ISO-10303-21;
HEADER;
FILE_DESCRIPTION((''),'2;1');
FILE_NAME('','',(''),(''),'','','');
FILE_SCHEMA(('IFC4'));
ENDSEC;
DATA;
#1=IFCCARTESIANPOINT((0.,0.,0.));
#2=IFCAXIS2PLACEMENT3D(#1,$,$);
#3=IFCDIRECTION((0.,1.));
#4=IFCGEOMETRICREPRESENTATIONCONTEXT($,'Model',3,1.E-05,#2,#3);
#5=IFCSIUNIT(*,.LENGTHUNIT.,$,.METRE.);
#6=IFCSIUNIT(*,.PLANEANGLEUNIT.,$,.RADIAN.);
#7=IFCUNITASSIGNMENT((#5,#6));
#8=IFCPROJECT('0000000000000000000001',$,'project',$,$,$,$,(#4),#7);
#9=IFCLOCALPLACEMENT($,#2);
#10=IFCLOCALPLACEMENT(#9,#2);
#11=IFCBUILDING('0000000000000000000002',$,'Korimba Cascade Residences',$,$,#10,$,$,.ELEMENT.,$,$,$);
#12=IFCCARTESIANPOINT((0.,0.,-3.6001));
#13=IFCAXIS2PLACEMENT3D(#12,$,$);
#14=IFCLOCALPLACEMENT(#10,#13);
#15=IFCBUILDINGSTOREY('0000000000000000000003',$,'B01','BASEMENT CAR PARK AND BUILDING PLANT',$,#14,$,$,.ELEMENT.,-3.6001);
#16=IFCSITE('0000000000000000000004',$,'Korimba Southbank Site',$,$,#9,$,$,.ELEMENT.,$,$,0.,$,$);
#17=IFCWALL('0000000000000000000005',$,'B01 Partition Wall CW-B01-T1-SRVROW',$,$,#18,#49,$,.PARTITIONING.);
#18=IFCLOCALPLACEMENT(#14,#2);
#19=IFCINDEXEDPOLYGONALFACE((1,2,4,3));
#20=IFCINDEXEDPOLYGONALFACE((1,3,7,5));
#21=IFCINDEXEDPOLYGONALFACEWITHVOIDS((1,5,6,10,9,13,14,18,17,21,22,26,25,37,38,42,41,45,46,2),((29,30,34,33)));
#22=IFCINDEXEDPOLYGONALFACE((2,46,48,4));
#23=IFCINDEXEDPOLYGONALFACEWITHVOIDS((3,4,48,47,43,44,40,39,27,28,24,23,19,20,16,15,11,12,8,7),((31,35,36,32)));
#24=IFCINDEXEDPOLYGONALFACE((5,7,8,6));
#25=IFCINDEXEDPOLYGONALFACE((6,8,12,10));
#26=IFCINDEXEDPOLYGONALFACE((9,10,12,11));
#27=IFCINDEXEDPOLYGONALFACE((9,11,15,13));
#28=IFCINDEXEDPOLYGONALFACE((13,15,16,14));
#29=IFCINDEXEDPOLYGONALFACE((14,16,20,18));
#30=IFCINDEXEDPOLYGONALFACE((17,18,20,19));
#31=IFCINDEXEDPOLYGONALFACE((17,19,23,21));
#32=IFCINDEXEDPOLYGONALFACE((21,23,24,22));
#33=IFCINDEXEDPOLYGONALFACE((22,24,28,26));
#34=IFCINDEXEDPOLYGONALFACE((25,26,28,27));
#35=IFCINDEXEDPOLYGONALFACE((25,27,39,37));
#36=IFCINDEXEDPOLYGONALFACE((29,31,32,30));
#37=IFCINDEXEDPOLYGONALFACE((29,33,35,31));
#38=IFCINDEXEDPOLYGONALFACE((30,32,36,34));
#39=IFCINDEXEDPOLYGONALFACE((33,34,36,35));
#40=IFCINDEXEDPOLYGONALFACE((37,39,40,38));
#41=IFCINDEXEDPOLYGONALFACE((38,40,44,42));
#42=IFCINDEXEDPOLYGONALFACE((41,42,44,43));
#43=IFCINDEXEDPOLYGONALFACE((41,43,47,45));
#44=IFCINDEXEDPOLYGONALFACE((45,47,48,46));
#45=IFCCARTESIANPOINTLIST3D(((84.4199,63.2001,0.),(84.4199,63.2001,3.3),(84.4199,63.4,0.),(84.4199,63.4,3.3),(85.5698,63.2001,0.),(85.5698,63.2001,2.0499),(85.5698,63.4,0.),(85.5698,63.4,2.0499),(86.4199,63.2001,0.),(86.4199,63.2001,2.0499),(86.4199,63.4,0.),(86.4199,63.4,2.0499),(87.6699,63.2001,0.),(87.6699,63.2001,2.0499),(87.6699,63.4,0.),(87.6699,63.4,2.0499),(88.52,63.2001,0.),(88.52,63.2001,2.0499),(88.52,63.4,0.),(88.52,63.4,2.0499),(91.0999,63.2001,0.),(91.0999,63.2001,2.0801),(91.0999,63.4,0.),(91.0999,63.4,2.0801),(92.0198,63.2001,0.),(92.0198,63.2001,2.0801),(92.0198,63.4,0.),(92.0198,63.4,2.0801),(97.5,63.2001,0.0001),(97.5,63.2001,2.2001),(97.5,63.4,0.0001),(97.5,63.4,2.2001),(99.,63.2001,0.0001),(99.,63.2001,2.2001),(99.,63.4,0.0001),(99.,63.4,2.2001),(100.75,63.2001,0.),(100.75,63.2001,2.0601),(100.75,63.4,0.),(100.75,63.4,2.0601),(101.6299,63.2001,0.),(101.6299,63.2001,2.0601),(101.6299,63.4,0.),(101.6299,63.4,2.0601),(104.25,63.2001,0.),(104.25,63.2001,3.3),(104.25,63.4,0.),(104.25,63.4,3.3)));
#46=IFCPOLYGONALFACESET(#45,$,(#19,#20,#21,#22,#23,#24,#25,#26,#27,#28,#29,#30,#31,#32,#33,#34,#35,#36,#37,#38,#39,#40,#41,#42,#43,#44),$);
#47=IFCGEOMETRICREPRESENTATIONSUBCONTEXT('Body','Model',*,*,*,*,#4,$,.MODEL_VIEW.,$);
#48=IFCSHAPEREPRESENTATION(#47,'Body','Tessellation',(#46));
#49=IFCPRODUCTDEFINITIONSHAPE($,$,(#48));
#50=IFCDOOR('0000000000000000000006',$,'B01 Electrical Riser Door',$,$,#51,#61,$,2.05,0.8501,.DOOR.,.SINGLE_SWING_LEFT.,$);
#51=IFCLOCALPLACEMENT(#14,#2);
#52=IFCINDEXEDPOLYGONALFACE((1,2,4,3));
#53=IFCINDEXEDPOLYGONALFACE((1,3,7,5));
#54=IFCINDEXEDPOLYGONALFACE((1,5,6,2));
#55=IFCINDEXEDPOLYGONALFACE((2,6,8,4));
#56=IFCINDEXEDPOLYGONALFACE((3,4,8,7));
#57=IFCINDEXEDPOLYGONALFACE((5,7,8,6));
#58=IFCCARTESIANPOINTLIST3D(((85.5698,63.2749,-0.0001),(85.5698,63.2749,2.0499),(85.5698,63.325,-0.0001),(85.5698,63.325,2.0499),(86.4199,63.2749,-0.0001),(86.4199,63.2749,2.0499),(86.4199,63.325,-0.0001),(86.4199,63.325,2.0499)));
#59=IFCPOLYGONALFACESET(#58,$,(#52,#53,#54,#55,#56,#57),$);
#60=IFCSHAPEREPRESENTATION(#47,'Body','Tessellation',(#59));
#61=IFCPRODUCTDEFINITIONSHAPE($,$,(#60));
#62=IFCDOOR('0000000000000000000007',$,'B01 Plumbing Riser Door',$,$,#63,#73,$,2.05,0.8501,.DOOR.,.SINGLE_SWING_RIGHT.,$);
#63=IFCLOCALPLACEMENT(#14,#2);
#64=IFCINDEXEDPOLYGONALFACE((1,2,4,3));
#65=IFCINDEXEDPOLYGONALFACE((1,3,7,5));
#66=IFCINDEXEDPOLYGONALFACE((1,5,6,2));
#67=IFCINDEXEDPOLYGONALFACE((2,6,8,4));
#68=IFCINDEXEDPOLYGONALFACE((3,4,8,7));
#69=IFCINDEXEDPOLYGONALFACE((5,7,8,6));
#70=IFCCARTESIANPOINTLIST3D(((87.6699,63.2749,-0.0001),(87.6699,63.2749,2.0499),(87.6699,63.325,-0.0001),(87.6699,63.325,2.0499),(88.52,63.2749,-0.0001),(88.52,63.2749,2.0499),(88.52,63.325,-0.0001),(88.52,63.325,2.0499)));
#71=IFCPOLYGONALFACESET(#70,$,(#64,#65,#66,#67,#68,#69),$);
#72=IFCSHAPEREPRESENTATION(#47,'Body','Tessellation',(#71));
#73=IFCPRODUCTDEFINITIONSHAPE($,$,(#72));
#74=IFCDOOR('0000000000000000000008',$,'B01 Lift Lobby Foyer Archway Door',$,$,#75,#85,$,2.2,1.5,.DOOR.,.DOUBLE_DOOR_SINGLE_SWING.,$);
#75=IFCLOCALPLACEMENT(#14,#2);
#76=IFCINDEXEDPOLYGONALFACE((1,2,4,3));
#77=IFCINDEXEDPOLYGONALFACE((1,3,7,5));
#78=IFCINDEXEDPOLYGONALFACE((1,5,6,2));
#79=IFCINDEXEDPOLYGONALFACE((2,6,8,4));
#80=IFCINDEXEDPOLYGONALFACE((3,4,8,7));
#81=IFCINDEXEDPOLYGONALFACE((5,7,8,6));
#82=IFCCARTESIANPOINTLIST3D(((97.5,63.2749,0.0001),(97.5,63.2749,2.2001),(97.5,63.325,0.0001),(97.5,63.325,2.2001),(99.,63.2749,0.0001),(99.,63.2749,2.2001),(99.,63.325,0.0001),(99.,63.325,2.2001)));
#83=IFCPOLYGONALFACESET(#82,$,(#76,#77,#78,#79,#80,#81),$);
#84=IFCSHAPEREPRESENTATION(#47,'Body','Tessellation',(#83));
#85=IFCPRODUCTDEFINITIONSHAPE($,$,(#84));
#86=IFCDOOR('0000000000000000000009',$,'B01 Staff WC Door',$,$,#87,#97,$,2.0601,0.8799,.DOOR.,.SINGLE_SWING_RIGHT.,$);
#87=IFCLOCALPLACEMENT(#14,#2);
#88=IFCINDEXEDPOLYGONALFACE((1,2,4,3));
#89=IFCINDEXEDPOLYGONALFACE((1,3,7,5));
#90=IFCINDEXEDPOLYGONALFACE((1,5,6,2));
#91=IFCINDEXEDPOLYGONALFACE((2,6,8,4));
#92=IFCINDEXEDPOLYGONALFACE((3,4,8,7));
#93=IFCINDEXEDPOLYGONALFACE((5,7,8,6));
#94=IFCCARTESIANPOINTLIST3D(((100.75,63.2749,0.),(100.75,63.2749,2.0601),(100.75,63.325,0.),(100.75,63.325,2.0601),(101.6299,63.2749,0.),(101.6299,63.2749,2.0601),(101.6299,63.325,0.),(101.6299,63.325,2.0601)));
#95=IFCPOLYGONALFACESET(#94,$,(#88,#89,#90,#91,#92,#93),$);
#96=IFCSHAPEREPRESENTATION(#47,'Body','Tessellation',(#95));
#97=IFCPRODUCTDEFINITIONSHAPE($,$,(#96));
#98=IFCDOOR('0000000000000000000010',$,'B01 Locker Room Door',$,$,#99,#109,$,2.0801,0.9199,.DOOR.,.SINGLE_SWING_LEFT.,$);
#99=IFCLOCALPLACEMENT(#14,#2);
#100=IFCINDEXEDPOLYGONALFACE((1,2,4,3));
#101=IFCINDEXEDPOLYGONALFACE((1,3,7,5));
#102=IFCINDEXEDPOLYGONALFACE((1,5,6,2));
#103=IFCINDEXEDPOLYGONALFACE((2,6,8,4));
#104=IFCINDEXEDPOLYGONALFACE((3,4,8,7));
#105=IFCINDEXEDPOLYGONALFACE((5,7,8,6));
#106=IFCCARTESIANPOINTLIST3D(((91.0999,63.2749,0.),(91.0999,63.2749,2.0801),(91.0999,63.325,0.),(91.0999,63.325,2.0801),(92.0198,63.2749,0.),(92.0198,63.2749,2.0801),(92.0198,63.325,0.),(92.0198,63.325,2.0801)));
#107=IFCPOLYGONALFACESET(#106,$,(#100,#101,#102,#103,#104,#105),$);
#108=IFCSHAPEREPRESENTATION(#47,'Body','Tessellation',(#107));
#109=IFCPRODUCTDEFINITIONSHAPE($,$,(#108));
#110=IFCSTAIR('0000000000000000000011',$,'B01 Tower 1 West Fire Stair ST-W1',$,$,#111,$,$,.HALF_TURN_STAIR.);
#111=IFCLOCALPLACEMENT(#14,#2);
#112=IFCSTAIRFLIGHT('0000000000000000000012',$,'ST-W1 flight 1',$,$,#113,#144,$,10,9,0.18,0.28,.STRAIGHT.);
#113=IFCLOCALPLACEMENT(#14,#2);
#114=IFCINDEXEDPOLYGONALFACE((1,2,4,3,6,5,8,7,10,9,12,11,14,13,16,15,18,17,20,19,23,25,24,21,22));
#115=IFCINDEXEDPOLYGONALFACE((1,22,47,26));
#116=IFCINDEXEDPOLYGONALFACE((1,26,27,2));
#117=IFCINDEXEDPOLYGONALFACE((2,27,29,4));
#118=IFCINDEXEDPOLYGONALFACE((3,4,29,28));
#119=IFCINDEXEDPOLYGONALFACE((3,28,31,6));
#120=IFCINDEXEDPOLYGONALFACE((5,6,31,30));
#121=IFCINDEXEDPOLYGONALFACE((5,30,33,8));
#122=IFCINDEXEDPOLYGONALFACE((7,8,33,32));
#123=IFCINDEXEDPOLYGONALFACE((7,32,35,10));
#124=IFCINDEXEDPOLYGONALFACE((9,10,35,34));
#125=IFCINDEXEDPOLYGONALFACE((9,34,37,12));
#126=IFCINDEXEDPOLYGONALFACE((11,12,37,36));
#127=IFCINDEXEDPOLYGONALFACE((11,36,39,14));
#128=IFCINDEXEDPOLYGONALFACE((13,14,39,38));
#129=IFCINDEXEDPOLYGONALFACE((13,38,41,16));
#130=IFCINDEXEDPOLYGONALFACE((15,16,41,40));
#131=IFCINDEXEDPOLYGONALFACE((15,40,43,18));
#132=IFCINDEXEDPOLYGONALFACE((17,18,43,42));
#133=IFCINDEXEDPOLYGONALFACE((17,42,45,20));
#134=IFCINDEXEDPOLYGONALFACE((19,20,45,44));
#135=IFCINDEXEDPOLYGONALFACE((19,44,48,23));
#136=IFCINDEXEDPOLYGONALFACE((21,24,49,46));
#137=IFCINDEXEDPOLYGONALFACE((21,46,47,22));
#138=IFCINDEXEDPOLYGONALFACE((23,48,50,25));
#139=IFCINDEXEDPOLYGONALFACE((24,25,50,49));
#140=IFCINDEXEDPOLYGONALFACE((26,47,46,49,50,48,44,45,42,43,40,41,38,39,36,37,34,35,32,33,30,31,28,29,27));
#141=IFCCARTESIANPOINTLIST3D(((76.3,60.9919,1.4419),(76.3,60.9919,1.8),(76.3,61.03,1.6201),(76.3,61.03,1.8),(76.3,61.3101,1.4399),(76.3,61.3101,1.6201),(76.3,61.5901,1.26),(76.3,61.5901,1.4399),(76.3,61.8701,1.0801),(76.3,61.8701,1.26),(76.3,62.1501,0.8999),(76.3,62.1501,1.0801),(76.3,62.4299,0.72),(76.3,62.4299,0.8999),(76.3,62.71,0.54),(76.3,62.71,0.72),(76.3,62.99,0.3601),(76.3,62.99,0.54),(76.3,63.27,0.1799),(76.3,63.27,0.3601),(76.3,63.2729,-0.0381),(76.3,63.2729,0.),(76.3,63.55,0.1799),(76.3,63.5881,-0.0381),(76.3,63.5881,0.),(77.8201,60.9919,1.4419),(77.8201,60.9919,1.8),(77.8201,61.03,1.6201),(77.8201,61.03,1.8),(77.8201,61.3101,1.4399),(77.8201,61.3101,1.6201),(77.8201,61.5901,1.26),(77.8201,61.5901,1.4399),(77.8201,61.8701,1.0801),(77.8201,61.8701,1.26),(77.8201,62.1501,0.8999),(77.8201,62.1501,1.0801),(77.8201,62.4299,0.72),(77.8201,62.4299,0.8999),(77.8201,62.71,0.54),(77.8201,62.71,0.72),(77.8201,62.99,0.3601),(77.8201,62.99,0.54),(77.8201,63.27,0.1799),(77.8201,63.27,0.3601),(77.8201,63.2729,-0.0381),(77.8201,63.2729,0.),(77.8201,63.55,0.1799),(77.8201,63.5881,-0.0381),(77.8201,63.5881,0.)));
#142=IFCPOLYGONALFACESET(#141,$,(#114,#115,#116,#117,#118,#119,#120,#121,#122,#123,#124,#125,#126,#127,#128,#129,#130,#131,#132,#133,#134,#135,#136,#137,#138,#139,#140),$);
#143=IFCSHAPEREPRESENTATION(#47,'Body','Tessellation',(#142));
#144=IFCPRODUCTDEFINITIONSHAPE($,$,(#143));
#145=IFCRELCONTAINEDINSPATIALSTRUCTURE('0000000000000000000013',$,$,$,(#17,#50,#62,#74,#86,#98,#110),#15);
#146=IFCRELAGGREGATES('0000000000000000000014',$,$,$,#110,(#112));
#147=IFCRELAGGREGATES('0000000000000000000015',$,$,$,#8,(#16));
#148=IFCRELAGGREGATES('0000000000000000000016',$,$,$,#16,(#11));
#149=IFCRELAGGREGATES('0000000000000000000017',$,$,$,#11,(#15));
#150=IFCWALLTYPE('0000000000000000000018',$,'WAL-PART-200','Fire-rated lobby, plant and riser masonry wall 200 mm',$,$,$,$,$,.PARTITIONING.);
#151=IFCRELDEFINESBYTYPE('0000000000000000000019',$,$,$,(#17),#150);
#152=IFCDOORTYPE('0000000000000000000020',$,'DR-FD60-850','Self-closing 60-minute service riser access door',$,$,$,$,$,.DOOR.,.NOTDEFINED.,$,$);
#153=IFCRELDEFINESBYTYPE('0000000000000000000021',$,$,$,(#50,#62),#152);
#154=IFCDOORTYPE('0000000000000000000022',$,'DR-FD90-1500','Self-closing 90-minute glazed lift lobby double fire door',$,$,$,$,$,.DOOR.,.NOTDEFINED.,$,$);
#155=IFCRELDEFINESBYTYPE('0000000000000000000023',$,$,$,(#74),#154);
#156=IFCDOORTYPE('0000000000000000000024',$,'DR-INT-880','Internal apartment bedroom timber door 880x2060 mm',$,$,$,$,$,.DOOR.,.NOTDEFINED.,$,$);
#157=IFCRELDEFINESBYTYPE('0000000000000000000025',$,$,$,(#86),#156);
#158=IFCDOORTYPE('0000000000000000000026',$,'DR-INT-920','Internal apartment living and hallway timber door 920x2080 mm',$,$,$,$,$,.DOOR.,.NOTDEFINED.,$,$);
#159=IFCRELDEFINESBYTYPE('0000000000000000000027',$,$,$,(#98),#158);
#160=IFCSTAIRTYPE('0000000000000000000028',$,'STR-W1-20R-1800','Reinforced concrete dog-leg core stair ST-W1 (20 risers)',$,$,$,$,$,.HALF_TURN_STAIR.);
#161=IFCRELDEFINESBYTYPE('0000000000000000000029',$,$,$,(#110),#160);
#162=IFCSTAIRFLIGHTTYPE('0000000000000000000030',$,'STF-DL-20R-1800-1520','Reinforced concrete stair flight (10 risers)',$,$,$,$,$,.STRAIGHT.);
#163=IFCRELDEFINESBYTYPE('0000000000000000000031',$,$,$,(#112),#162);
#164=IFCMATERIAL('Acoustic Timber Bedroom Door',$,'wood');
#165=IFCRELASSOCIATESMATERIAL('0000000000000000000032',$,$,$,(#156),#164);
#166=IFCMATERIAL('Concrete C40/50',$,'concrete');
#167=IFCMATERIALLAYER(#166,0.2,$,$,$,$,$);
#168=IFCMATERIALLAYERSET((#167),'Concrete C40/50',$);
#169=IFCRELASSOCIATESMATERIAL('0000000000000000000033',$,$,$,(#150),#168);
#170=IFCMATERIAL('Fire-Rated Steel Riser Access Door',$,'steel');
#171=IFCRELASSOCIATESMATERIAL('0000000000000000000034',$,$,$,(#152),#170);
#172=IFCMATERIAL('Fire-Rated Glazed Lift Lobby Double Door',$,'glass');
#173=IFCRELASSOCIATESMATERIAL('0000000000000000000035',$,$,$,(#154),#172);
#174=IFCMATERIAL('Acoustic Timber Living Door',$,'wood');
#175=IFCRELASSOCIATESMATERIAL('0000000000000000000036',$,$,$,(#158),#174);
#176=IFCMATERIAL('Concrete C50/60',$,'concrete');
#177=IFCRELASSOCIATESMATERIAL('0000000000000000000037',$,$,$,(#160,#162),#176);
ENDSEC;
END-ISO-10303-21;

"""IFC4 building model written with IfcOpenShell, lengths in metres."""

from ifc_helpers import new_model, si_unit, direction, frame, frame_2d, origin, place, context, subcontext, project, spatial, polyline, rectangle, outline, extrude, material, layer, layer_set, type_object, element, fill, aggregate, save


model = new_model("IFC4")

# Units and contexts
model_context = context("Model", 3, precision=1e-05, world=origin(), true_north=direction((0.0, 1.0)))
body_context = subcontext(model_context, "Body", "Model", "MODEL_VIEW")
ifc_project = project(units=[si_unit("LENGTHUNIT", "METRE"), si_unit("PLANEANGLEUNIT", "RADIAN")], contexts=[model_context])

# Site, building, storey
site_placement = place(None, origin())
site = spatial("IfcSite", under=ifc_project, at=site_placement, Name="Korimba Southbank Site", CompositionType="ELEMENT", RefElevation=0.0)
building_placement = place(site_placement, origin())
building = spatial("IfcBuilding", under=site, at=building_placement, Name="Korimba Cascade Residences", CompositionType="ELEMENT")
storey_placement = place(building_placement, frame((0.0, 0.0, -3.6001)))
storey = spatial("IfcBuildingStorey", under=building, at=storey_placement, Name="B01", Description="BASEMENT CAR PARK AND BUILDING PLANT", CompositionType="ELEMENT", Elevation=-3.6001)

# Shared definitions
ifc_material_1 = material(Name="Acoustic Timber Bedroom Door", Category="wood")
door_type_1 = type_object("IfcDoorType", Name="DR-INT-880", Description="Internal apartment bedroom timber door 880x2060 mm", OperationType="NOTDEFINED", PredefinedType="DOOR", material=ifc_material_1)
ifc_material_2 = material(Name="Concrete C40/50", Category="concrete")
ifc_layer_1 = layer(ifc_material_2, 0.2)
ifc_layer_set_1 = layer_set([ifc_layer_1], Name="Concrete C40/50")
wall_type_1 = type_object("IfcWallType", Name="WAL-PART-200", Description="Fire-rated lobby, plant and riser masonry wall 200 mm", PredefinedType="PARTITIONING", material=ifc_layer_set_1)

# Wall, openings, doors
wall_1_placement = place(storey_placement, frame((84.4199, 63.3, 0.0), z_axis=(0.0, 0.0, 1.0), x_axis=(1.0, 0.0, 0.0)))
wall_1 = element("IfcWall", 1, at=wall_1_placement, inside=storey, type_object=wall_type_1, Name="B01 Partition Wall CW-B01-T1-SRVROW", PredefinedType="PARTITIONING", context=body_context, shape_type="SweptSolid", body=[
    extrude(rectangle(XDim=19.8301, YDim=0.2, at=frame_2d((9.915, 0.0))), origin(), (0.0, 0.0, 1.0), 3.3),
])
opening_1_placement = place(wall_1_placement, frame((1.1499, 0.0, 0.0)))
opening_1 = element("IfcOpeningElement", 2, at=opening_1_placement, cuts=wall_1, PredefinedType="OPENING", context=body_context, shape_type="SweptSolid", body=[
    extrude(rectangle(XDim=0.8501, YDim=2.05, at=frame_2d((0.425, 1.0249))), frame((0.0, 0.1099, 0.0), z_axis=(0.0, -1.0, 0.0), x_axis=(1.0, 0.0, 0.0)), (0.0, 0.0, 1.0), 0.22),
])
opening_2_placement = place(wall_1_placement, frame((3.25, 0.0, 0.0)))
opening_2 = element("IfcOpeningElement", 3, at=opening_2_placement, cuts=wall_1, PredefinedType="OPENING", context=body_context, shape_type="SweptSolid", body=[
    extrude(rectangle(XDim=0.8501, YDim=2.05, at=frame_2d((0.425, 1.0249))), frame((0.0, 0.1099, 0.0), z_axis=(0.0, -1.0, 0.0), x_axis=(1.0, 0.0, 0.0)), (0.0, 0.0, 1.0), 0.22),
])
opening_3_placement = place(wall_1_placement, frame((13.0801, 0.0, 0.0)))
opening_3 = element("IfcOpeningElement", 4, at=opening_3_placement, cuts=wall_1, PredefinedType="OPENING", context=body_context, shape_type="SweptSolid", body=[
    extrude(rectangle(XDim=1.5, YDim=2.2, at=frame_2d((0.75, 1.1001))), frame((0.0, 0.1099, 0.0), z_axis=(0.0, -1.0, 0.0), x_axis=(1.0, 0.0, 0.0)), (0.0, 0.0, 1.0), 0.22),
])
opening_4_placement = place(wall_1_placement, frame((6.6799, 0.0, 0.0)))
opening_4 = element("IfcOpeningElement", 5, at=opening_4_placement, cuts=wall_1, PredefinedType="OPENING", context=body_context, shape_type="SweptSolid", body=[
    extrude(rectangle(XDim=0.9199, YDim=2.0801, at=frame_2d((0.46, 1.04))), frame((0.0, 0.1099, 0.0), z_axis=(0.0, -1.0, 0.0), x_axis=(1.0, 0.0, 0.0)), (0.0, 0.0, 1.0), 0.22),
])
opening_5_placement = place(wall_1_placement, frame((16.3301, 0.0, 0.0)))
opening_5 = element("IfcOpeningElement", 6, at=opening_5_placement, cuts=wall_1, PredefinedType="OPENING", context=body_context, shape_type="SweptSolid", body=[
    extrude(rectangle(XDim=0.8799, YDim=2.0601, at=frame_2d((0.4399, 1.03))), frame((0.0, 0.1099, 0.0), z_axis=(0.0, -1.0, 0.0), x_axis=(1.0, 0.0, 0.0)), (0.0, 0.0, 1.0), 0.22),
])
ifc_material_3 = material(Name="Fire-Rated Steel Riser Access Door", Category="steel")
door_type_2 = type_object("IfcDoorType", Name="DR-FD60-850", Description="Self-closing 60-minute service riser access door", OperationType="NOTDEFINED", PredefinedType="DOOR", material=ifc_material_3)
door_1_placement = place(opening_1_placement, origin())
door_1 = element("IfcDoor", 7, at=door_1_placement, inside=storey, type_object=door_type_2, Name="B01 Electrical Riser Door", OperationType="SINGLE_SWING_LEFT", OverallHeight=2.05, OverallWidth=0.8501, PredefinedType="DOOR", context=body_context, shape_type="SweptSolid", body=[
    extrude(rectangle(XDim=0.8501, YDim=2.05, at=frame_2d((0.425, 1.0249))), frame((0.0, 0.0249, 0.0), z_axis=(0.0, -1.0, 0.0), x_axis=(1.0, 0.0, 0.0)), (0.0, 0.0, 1.0), 0.05),
])
fill(opening_1, door_1)
door_2_placement = place(opening_2_placement, origin())
door_2 = element("IfcDoor", 8, at=door_2_placement, inside=storey, type_object=door_type_2, Name="B01 Plumbing Riser Door", OperationType="SINGLE_SWING_RIGHT", OverallHeight=2.05, OverallWidth=0.8501, PredefinedType="DOOR", context=body_context, shape_type="SweptSolid", body=[
    extrude(rectangle(XDim=0.8501, YDim=2.05, at=frame_2d((0.425, 1.0249))), frame((0.0, 0.0249, 0.0), z_axis=(0.0, -1.0, 0.0), x_axis=(1.0, 0.0, 0.0)), (0.0, 0.0, 1.0), 0.05),
])
fill(opening_2, door_2)
ifc_material_4 = material(Name="Fire-Rated Glazed Lift Lobby Double Door", Category="glass")
door_type_3 = type_object("IfcDoorType", Name="DR-FD90-1500", Description="Self-closing 90-minute glazed lift lobby double fire door", OperationType="NOTDEFINED", PredefinedType="DOOR", material=ifc_material_4)
door_3_placement = place(opening_3_placement, origin())
door_3 = element("IfcDoor", 9, at=door_3_placement, inside=storey, type_object=door_type_3, Name="B01 Lift Lobby Foyer Archway Door", OperationType="DOUBLE_DOOR_SINGLE_SWING", OverallHeight=2.2, OverallWidth=1.5, PredefinedType="DOOR", context=body_context, shape_type="SweptSolid", body=[
    extrude(rectangle(XDim=1.5, YDim=2.2, at=frame_2d((0.75, 1.1001))), frame((0.0, 0.0249, 0.0), z_axis=(0.0, -1.0, 0.0), x_axis=(1.0, 0.0, 0.0)), (0.0, 0.0, 1.0), 0.05),
])
fill(opening_3, door_3)
door_4_placement = place(opening_5_placement, origin())
door_4 = element("IfcDoor", 10, at=door_4_placement, inside=storey, type_object=door_type_1, Name="B01 Staff WC Door", OperationType="SINGLE_SWING_RIGHT", OverallHeight=2.0601, OverallWidth=0.8799, PredefinedType="DOOR", context=body_context, shape_type="SweptSolid", body=[
    extrude(rectangle(XDim=0.8799, YDim=2.0601, at=frame_2d((0.4399, 1.03))), frame((0.0, 0.0249, 0.0), z_axis=(0.0, -1.0, 0.0), x_axis=(1.0, 0.0, 0.0)), (0.0, 0.0, 1.0), 0.05),
])
fill(opening_5, door_4)
ifc_material_5 = material(Name="Acoustic Timber Living Door", Category="wood")
door_type_4 = type_object("IfcDoorType", Name="DR-INT-920", Description="Internal apartment living and hallway timber door 920x2080 mm", OperationType="NOTDEFINED", PredefinedType="DOOR", material=ifc_material_5)
door_5_placement = place(opening_4_placement, origin())
door_5 = element("IfcDoor", 11, at=door_5_placement, inside=storey, type_object=door_type_4, Name="B01 Locker Room Door", OperationType="SINGLE_SWING_LEFT", OverallHeight=2.0801, OverallWidth=0.9199, PredefinedType="DOOR", context=body_context, shape_type="SweptSolid", body=[
    extrude(rectangle(XDim=0.9199, YDim=2.0801, at=frame_2d((0.46, 1.04))), frame((0.0, 0.0249, 0.0), z_axis=(0.0, -1.0, 0.0), x_axis=(1.0, 0.0, 0.0)), (0.0, 0.0, 1.0), 0.05),
])
fill(opening_4, door_5)

# Stair, stair flight
ifc_material_6 = material(Name="Concrete C50/60", Category="concrete")
stair_type = type_object("IfcStairType", Name="STR-W1-20R-1800", Description="Reinforced concrete dog-leg core stair ST-W1 (20 risers)", PredefinedType="HALF_TURN_STAIR", material=ifc_material_6)
stair_placement = place(storey_placement, origin())
stair = element("IfcStair", 12, at=stair_placement, inside=storey, type_object=stair_type, Name="B01 Tower 1 West Fire Stair ST-W1", PredefinedType="HALF_TURN_STAIR")
stair_flight_type = type_object("IfcStairFlightType", Name="STF-DL-20R-1800-1520", Description="Reinforced concrete stair flight (10 risers)", PredefinedType="STRAIGHT", material=ifc_material_6)
stair_flight_1_placement = place(storey_placement, frame((77.0601, 63.55, 0.0), z_axis=(0.0, 0.0, 1.0), x_axis=(0.0, -1.0, 0.0)))
stair_flight_1 = element("IfcStairFlight", 13, at=stair_flight_1_placement, type_object=stair_flight_type, Name="ST-W1 flight 1", NumberOfRisers=10, NumberOfTreads=9, PredefinedType="STRAIGHT", RiserHeight=0.18, TreadLength=0.28, context=body_context, shape_type="SweptSolid", body=[
    extrude(outline(polyline([(-0.0381, 0.0), (0.0, 0.1799), (0.28, 0.1799), (0.28, 0.3601), (0.5601, 0.3601), (0.5601, 0.54), (0.8401, 0.54), (0.8401, 0.72), (1.1201, 0.72), (1.1201, 0.8999), (1.3999, 0.8999), (1.3999, 1.0801), (1.6799, 1.0801), (1.6799, 1.26), (1.96, 1.26), (1.96, 1.4399), (2.24, 1.4399), (2.24, 1.6201), (2.52, 1.6201), (2.52, 1.8), (2.5581, 1.8), (2.5581, 1.4419), (0.2771, 0.0), (0.2771, -0.0381), (-0.0381, -0.0381), (-0.0381, 0.0)])), frame((0.0, 0.76, 0.0), z_axis=(0.0, -1.0, 0.0), x_axis=(1.0, 0.0, 0.0)), (0.0, 0.0, 1.0), 1.52),
])
aggregate(stair, [stair_flight_1])

save(model, "model.ifc")
